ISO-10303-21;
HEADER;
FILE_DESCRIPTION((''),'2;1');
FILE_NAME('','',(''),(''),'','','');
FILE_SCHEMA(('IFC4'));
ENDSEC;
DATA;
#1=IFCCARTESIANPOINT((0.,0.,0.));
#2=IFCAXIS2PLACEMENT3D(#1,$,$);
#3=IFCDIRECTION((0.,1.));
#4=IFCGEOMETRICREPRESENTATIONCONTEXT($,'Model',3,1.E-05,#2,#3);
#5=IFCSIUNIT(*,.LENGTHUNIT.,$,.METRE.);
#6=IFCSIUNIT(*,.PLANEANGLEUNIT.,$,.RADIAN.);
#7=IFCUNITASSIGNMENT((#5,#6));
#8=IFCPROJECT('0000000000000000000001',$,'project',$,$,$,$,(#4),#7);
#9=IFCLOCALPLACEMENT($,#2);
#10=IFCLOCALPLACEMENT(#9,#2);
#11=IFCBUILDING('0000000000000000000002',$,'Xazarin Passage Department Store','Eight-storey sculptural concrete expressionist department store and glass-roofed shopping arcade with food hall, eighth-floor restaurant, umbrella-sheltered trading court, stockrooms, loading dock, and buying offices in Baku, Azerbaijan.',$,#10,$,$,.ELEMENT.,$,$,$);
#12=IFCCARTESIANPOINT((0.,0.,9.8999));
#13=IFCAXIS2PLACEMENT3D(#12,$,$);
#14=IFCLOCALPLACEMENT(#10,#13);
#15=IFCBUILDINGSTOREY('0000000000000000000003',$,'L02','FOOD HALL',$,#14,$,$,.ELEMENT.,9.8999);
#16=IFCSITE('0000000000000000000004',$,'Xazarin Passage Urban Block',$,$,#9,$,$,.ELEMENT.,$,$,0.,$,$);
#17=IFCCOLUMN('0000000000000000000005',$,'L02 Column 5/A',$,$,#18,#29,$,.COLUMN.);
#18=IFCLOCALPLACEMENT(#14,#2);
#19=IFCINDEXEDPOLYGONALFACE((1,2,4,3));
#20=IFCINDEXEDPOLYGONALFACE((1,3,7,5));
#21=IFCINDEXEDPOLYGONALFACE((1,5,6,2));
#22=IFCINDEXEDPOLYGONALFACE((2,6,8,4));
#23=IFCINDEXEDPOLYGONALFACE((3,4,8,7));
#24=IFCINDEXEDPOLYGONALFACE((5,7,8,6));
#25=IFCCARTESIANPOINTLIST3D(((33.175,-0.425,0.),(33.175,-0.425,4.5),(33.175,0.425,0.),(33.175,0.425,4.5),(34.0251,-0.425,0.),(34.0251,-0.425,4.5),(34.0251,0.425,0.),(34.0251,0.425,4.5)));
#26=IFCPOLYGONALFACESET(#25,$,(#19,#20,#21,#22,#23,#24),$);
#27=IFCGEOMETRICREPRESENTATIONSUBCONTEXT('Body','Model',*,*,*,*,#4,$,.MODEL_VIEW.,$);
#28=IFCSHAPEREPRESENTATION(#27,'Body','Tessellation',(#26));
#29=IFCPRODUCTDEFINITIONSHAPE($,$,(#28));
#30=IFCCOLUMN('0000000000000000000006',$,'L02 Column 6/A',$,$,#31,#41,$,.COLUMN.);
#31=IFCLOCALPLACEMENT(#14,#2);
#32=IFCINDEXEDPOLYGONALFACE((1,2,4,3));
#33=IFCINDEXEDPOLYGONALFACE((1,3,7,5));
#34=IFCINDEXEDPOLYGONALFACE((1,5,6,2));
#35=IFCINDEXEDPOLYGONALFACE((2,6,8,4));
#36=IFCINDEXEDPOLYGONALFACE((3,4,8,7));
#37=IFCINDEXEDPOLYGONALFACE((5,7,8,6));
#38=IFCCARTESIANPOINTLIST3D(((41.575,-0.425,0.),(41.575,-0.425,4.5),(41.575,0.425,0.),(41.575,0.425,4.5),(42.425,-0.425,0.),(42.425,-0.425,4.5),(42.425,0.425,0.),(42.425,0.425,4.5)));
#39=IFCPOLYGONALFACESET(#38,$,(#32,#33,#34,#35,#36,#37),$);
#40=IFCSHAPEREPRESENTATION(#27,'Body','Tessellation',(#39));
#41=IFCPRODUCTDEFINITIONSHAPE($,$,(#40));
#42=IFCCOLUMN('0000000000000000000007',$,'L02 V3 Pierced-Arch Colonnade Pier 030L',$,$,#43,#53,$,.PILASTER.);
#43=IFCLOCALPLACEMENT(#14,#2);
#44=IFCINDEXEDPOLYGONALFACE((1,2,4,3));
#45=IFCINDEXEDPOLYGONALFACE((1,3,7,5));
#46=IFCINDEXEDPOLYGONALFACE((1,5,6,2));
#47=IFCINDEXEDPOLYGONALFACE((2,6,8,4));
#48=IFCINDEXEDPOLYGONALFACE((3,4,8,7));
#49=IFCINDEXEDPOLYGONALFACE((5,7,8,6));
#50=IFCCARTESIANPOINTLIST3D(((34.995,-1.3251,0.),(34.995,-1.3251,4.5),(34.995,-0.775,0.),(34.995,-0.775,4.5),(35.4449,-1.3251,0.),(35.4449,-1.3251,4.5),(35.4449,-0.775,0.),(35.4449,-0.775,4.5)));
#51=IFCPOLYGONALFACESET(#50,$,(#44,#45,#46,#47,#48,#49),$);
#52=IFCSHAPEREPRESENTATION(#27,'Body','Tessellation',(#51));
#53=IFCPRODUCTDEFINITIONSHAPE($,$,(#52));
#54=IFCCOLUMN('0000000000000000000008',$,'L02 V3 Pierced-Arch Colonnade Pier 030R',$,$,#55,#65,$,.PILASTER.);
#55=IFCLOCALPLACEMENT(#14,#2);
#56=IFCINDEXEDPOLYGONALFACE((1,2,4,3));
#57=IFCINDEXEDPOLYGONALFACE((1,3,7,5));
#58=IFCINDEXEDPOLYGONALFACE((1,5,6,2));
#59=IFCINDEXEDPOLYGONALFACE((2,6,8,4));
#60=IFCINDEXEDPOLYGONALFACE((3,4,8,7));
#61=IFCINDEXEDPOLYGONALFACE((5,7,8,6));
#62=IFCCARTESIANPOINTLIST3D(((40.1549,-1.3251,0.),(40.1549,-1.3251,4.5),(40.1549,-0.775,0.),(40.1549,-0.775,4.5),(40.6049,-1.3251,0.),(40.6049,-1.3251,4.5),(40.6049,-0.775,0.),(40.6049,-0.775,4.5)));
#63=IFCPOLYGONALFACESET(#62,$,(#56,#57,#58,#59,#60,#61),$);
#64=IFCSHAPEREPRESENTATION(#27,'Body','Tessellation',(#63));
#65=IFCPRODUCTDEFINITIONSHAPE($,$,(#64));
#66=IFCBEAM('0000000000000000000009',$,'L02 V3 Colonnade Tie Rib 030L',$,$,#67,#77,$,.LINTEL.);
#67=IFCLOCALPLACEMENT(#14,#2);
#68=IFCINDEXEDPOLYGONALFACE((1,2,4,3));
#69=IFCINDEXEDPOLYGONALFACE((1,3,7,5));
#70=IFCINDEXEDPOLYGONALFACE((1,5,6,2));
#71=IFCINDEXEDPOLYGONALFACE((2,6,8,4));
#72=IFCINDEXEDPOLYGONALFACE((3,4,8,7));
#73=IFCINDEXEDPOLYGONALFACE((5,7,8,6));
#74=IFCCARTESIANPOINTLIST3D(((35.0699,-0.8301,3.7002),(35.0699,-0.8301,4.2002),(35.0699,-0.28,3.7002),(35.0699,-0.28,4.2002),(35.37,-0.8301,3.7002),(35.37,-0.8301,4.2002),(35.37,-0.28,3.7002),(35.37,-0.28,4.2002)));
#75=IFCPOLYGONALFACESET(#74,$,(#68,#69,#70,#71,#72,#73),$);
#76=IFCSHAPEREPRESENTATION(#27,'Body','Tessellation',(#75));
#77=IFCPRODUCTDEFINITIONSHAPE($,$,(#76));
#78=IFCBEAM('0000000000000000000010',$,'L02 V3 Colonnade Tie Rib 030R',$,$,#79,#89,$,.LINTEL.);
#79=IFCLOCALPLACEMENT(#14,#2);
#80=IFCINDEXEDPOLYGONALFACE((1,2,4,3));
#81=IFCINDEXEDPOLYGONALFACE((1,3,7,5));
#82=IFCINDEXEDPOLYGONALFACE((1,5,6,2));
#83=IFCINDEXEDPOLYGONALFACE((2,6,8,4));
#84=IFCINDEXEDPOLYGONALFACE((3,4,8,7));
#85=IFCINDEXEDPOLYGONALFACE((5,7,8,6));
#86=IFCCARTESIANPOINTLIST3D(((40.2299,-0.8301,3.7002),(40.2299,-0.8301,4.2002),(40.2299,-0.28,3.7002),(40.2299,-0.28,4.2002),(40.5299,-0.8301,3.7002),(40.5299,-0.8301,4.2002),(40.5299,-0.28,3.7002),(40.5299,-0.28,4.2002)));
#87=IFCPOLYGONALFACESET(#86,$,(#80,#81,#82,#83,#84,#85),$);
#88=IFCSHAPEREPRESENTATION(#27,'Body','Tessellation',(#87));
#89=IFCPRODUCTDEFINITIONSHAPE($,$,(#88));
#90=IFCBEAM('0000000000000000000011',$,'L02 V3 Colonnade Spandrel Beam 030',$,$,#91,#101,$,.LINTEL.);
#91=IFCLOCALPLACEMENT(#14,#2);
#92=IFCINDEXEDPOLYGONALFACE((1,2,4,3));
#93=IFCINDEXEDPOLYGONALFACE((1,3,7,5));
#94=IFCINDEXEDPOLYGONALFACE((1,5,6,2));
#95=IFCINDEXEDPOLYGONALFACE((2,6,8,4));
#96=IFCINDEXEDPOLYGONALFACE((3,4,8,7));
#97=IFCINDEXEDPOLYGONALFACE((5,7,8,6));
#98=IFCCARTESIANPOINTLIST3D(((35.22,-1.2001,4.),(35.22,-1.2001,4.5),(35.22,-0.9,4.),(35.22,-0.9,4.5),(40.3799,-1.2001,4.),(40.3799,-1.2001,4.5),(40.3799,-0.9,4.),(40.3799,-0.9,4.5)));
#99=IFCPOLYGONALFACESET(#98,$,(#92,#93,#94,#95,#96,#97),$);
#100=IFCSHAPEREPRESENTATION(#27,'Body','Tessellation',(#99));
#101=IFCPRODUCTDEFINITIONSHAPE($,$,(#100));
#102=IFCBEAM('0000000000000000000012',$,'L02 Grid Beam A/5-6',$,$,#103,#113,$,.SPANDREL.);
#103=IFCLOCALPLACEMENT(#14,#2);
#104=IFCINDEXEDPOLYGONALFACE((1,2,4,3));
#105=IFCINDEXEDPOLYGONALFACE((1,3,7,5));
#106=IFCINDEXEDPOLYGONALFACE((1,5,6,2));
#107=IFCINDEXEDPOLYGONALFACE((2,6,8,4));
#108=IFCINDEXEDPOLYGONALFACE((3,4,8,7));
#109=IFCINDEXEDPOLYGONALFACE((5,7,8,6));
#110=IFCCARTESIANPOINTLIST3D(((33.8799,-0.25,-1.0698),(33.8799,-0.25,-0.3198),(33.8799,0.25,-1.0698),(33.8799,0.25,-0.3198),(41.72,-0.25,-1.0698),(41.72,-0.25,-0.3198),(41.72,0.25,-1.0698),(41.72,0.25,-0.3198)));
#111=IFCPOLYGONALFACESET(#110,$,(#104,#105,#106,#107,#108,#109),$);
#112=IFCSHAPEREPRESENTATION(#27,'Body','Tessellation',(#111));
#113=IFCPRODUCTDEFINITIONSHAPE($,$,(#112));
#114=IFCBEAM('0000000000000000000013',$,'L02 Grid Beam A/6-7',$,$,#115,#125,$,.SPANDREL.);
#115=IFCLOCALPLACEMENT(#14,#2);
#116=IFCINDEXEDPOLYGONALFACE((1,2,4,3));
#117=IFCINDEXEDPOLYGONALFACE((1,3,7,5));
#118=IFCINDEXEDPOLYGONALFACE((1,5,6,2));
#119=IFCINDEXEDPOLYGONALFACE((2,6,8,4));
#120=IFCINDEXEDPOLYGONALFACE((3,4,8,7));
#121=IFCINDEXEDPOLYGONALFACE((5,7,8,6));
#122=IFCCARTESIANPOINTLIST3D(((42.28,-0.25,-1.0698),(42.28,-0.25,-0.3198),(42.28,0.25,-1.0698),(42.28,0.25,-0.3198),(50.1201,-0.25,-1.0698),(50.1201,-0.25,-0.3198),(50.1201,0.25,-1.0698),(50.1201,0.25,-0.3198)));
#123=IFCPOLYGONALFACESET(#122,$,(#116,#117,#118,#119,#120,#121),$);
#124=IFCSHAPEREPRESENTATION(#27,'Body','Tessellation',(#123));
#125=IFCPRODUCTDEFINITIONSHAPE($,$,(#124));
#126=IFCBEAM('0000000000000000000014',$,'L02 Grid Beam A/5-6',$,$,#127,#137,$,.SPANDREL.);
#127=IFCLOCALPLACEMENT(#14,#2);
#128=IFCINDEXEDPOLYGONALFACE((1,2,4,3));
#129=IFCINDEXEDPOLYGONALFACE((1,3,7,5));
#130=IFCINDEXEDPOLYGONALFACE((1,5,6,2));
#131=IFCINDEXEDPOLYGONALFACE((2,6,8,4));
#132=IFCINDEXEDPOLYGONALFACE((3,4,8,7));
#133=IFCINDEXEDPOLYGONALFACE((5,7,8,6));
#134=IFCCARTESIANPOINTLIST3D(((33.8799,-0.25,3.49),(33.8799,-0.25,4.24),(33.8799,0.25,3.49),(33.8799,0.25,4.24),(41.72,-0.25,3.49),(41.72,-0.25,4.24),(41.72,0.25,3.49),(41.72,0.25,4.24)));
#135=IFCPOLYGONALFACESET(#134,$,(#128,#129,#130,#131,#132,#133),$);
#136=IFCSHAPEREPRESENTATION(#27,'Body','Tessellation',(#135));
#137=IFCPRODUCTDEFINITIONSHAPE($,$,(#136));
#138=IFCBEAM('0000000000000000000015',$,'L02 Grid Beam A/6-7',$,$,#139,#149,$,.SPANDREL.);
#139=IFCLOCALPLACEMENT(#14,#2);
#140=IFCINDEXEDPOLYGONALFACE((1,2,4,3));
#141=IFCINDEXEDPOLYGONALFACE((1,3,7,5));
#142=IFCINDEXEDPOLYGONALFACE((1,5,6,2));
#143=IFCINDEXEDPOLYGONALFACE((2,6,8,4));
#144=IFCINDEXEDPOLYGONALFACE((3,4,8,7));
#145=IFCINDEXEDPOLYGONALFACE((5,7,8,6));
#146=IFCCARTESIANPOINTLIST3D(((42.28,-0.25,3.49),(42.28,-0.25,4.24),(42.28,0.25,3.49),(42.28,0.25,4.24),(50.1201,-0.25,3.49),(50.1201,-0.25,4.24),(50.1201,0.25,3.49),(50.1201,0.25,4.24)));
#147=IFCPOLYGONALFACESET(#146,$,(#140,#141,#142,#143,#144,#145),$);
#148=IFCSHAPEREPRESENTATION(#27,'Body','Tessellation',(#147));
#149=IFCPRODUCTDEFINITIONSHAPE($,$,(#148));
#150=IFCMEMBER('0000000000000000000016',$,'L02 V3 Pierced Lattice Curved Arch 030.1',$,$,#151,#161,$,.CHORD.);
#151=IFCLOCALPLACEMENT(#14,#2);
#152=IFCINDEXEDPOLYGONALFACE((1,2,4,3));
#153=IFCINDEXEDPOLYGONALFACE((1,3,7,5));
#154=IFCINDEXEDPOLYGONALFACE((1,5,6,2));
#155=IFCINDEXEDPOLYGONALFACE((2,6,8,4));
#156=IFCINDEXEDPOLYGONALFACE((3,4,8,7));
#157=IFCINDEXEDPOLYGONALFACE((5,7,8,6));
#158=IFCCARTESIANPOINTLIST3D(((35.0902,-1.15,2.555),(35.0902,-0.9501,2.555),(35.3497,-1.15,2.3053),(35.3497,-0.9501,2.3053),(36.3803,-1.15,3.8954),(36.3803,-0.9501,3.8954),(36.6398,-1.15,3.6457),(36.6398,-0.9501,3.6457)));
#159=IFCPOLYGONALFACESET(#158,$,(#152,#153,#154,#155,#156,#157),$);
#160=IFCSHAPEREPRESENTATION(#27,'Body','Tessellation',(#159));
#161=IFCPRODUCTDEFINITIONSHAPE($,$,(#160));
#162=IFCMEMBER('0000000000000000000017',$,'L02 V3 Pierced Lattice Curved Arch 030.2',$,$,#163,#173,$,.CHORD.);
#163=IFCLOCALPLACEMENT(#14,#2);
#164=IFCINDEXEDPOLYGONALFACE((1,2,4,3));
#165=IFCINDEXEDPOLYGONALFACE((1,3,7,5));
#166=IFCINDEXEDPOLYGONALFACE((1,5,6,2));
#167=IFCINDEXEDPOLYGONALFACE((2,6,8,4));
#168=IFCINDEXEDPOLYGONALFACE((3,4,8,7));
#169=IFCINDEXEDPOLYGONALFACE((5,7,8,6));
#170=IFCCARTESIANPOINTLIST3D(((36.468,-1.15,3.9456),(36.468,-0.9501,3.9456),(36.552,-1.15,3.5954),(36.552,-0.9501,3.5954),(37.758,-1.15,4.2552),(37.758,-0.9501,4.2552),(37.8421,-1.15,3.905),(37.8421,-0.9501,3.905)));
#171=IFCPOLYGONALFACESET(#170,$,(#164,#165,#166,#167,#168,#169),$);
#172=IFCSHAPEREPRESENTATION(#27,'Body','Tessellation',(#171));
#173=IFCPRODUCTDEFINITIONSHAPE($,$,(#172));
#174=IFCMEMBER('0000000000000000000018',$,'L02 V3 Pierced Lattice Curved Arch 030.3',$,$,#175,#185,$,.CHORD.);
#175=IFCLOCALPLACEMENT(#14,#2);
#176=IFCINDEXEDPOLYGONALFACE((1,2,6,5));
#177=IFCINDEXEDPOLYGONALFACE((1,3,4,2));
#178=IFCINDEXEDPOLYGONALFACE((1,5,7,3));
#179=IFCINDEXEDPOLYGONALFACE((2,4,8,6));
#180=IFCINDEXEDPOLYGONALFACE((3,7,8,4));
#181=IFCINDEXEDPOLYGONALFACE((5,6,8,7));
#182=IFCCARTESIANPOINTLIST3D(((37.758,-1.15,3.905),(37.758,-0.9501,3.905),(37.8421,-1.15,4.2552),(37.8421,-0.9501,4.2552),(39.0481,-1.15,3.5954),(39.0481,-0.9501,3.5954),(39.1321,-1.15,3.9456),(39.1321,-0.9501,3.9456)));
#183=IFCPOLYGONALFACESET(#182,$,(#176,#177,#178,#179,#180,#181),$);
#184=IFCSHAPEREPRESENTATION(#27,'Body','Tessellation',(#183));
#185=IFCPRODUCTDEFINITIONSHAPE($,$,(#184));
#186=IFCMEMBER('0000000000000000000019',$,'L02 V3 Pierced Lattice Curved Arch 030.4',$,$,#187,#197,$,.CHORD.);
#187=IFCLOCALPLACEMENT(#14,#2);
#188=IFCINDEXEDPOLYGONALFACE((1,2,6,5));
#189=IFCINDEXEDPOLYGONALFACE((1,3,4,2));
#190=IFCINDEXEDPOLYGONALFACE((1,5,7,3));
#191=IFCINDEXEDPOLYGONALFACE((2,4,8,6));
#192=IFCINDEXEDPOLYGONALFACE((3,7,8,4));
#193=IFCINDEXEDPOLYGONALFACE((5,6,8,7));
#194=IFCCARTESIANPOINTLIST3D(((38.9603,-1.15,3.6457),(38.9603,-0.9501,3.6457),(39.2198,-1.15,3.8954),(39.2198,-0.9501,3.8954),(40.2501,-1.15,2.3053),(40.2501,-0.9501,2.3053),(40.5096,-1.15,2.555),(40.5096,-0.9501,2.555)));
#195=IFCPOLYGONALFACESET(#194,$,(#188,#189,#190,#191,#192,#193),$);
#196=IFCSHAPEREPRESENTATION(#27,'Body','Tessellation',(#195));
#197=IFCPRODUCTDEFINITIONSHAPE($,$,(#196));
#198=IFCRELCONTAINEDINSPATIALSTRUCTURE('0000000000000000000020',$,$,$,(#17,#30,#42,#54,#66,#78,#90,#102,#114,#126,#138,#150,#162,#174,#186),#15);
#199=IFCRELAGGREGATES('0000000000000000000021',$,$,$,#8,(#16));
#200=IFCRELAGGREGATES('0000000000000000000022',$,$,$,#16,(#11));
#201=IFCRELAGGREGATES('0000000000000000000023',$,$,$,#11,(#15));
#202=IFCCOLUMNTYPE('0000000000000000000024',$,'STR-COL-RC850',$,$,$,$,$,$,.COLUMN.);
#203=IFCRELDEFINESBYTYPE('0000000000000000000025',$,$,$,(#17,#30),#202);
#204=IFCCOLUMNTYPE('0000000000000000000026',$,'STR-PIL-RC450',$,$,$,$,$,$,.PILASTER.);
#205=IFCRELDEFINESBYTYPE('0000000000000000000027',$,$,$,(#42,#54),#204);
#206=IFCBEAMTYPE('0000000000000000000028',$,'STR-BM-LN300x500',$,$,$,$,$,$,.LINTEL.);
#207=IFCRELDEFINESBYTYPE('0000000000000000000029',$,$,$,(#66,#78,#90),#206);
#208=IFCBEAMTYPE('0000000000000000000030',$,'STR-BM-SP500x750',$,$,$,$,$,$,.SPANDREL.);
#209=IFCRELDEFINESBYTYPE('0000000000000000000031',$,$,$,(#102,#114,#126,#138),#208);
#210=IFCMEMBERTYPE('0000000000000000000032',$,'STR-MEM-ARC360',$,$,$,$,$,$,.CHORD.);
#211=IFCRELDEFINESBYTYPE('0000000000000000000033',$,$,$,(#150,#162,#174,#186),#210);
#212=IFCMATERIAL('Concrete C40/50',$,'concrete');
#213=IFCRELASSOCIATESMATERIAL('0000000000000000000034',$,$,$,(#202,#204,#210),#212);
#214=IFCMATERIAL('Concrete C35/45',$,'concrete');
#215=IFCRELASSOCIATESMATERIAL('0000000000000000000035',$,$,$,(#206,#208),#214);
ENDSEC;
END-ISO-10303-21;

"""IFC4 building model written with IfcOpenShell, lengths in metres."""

from ifc_helpers import new_model, si_unit, direction, frame, origin, origin_2d, place, context, subcontext, project, spatial, rectangle, extrude, material, material_profile, profile_set, type_object, element, save


model = new_model("IFC4")

# Units and contexts
model_context = context("Model", 3, precision=1e-05, world=origin(), true_north=direction((0.0, 1.0)))
body_context = subcontext(model_context, "Body", "Model", "MODEL_VIEW")
ifc_project = project(units=[si_unit("LENGTHUNIT", "METRE"), si_unit("PLANEANGLEUNIT", "RADIAN")], contexts=[model_context])

# Site, building, storey
site_placement = place(None, origin())
site = spatial("IfcSite", under=ifc_project, at=site_placement, Name="Xazarin Passage Urban Block", CompositionType="ELEMENT", RefElevation=0.0)
building_placement = place(site_placement, origin())
building = spatial("IfcBuilding", under=site, at=building_placement, Name="Xazarin Passage Department Store", Description="Eight-storey sculptural concrete expressionist department store and glass-roofed shopping arcade with food hall, eighth-floor restaurant, umbrella-sheltered trading court, stockrooms, loading dock, and buying offices in Baku, Azerbaijan.", CompositionType="ELEMENT")
storey_placement = place(building_placement, frame((0.0, 0.0, 9.8999)))
storey = spatial("IfcBuildingStorey", under=building, at=storey_placement, Name="L02", Description="FOOD HALL", CompositionType="ELEMENT", Elevation=9.8999)

# Columns
ifc_material_1 = material(Name="Concrete C40/50", Category="concrete")
ifc_material_profile_1 = material_profile(ifc_material_1, rectangle(XDim=0.8501, YDim=0.8501, at=origin_2d()), Name="RC 850x850")
ifc_profile_set_1 = profile_set([ifc_material_profile_1], Name="Concrete C40/50")
column_type_1 = type_object("IfcColumnType", Name="STR-COL-RC850", PredefinedType="COLUMN", material=ifc_profile_set_1)
for number, where, z_axis, x_axis, name in (
    (1, (33.6001, 0.0, 0.0), (0.0, 0.0, 1.0), (1.0, 0.0, 0.0), "L02 Column 5/A"),
    (2, (42.0, 0.0, 0.0), (0.0, 0.0, 1.0), (1.0, 0.0, 0.0), "L02 Column 6/A"),
):
    element("IfcColumn", number, at=place(storey_placement, frame(where, z_axis=z_axis, x_axis=x_axis)), inside=storey, type_object=column_type_1, Name=name, PredefinedType="COLUMN", context=body_context, shape_type="SweptSolid", body=[
        extrude(rectangle(XDim=0.8501, YDim=0.8501, at=origin_2d()), origin(), (0.0, 0.0, 1.0), 4.5),
    ])
ifc_material_profile_2 = material_profile(ifc_material_1, rectangle(XDim=0.45, YDim=0.55, at=origin_2d()), Name="RC 450x550")
ifc_profile_set_2 = profile_set([ifc_material_profile_2], Name="Concrete C40/50")
column_type_2 = type_object("IfcColumnType", Name="STR-PIL-RC450", PredefinedType="PILASTER", material=ifc_profile_set_2)
for number, where, z_axis, x_axis, name in (
    (3, (35.22, -1.05, 0.0), (0.0, 0.0, 1.0), (1.0, 0.0, 0.0), "L02 V3 Pierced-Arch Colonnade Pier 030L"),
    (4, (40.3799, -1.05, 0.0), (0.0, 0.0, 1.0), (1.0, 0.0, 0.0), "L02 V3 Pierced-Arch Colonnade Pier 030R"),
):
    element("IfcColumn", number, at=place(storey_placement, frame(where, z_axis=z_axis, x_axis=x_axis)), inside=storey, type_object=column_type_2, Name=name, PredefinedType="PILASTER", context=body_context, shape_type="SweptSolid", body=[
        extrude(rectangle(XDim=0.45, YDim=0.55, at=origin_2d()), origin(), (0.0, 0.0, 1.0), 4.5),
    ])

# Beams
ifc_material_2 = material(Name="Concrete C35/45", Category="concrete")
ifc_material_profile_3 = material_profile(ifc_material_2, rectangle(XDim=0.3, YDim=0.5, at=origin_2d()), Name="RC 300x500")
ifc_profile_set_3 = profile_set([ifc_material_profile_3], Name="Concrete C35/45")
beam_type_1 = type_object("IfcBeamType", Name="STR-BM-LN300x500", PredefinedType="LINTEL", material=ifc_profile_set_3)
for number, where, z_axis, x_axis, name in (
    (5, (35.22, -0.28, 3.9502), (0.0, -1.0, 0.0), (1.0, 0.0, 0.0), "L02 V3 Colonnade Tie Rib 030L"),
    (6, (40.3799, -0.28, 3.9502), (0.0, -1.0, 0.0), (1.0, 0.0, 0.0), "L02 V3 Colonnade Tie Rib 030R"),
):
    element("IfcBeam", number, at=place(storey_placement, frame(where, z_axis=z_axis, x_axis=x_axis)), inside=storey, type_object=beam_type_1, Name=name, PredefinedType="LINTEL", context=body_context, shape_type="SweptSolid", body=[
        extrude(rectangle(XDim=0.3, YDim=0.5, at=origin_2d()), origin(), (0.0, 0.0, 1.0), 0.55),
    ])
beam_placement = place(storey_placement, frame((35.22, -1.05, 4.25), z_axis=(1.0, 0.0, 0.0), x_axis=(0.0, 1.0, 0.0)))
element("IfcBeam", 7, at=beam_placement, inside=storey, type_object=beam_type_1, Name="L02 V3 Colonnade Spandrel Beam 030", PredefinedType="LINTEL", context=body_context, shape_type="SweptSolid", body=[
    extrude(rectangle(XDim=0.3, YDim=0.5, at=origin_2d()), origin(), (0.0, 0.0, 1.0), 5.1599),
])
ifc_material_profile_4 = material_profile(ifc_material_2, rectangle(XDim=0.5, YDim=0.75, at=origin_2d()), Name="RC 500x750")
ifc_profile_set_4 = profile_set([ifc_material_profile_4], Name="Concrete C35/45")
beam_type_2 = type_object("IfcBeamType", Name="STR-BM-SP500x750", PredefinedType="SPANDREL", material=ifc_profile_set_4)
for number, where, z_axis, x_axis, name in (
    (8, (33.8799, 0.0, -0.6948), (1.0, 0.0, 0.0), (0.0, 1.0, 0.0), "L02 Grid Beam A/5-6"),
    (9, (42.28, 0.0, -0.6948), (1.0, 0.0, 0.0), (0.0, 1.0, 0.0), "L02 Grid Beam A/6-7"),
    (10, (33.8799, 0.0, 3.865), (1.0, 0.0, 0.0), (0.0, 1.0, 0.0), "L02 Grid Beam A/5-6"),
    (11, (42.28, 0.0, 3.865), (1.0, 0.0, 0.0), (0.0, 1.0, 0.0), "L02 Grid Beam A/6-7"),
):
    element("IfcBeam", number, at=place(storey_placement, frame(where, z_axis=z_axis, x_axis=x_axis)), inside=storey, type_object=beam_type_2, Name=name, PredefinedType="SPANDREL", context=body_context, shape_type="SweptSolid", body=[
        extrude(rectangle(XDim=0.5, YDim=0.75, at=origin_2d()), origin(), (0.0, 0.0, 1.0), 7.8401),
    ])

# Members
ifc_material_profile_5 = material_profile(ifc_material_1, rectangle(XDim=0.2, YDim=0.3601, at=origin_2d()), Name="RC 200x360")
ifc_profile_set_5 = profile_set([ifc_material_profile_5], Name="Concrete C40/50")
member_type = type_object("IfcMemberType", Name="STR-MEM-ARC360", PredefinedType="CHORD", material=ifc_profile_set_5)
member_1_placement = place(storey_placement, frame((35.22, -1.05, 2.4302), z_axis=(0.69346, 0.0, 0.720495), x_axis=(0.0, 1.0, 0.0)))
element("IfcMember", 12, at=member_1_placement, inside=storey, type_object=member_type, Name="L02 V3 Pierced Lattice Curved Arch 030.1", PredefinedType="CHORD", context=body_context, shape_type="SweptSolid", body=[
    extrude(rectangle(XDim=0.2, YDim=0.3601, at=origin_2d()), origin(), (0.0, 0.0, 1.0), 1.8604),
])
for number, where, z_axis, x_axis, name in (
    (13, (36.51, -1.05, 3.7705), (0.972394, 0.0, 0.233345), (0.0, 1.0, 0.0), "L02 V3 Pierced Lattice Curved Arch 030.2"),
    (14, (37.8, -1.05, 4.0801), (0.972394, 0.0, -0.233345), (0.0, 1.0, 0.0), "L02 V3 Pierced Lattice Curved Arch 030.3"),
):
    element("IfcMember", number, at=place(storey_placement, frame(where, z_axis=z_axis, x_axis=x_axis)), inside=storey, type_object=member_type, Name=name, PredefinedType="CHORD", context=body_context, shape_type="SweptSolid", body=[
        extrude(rectangle(XDim=0.2, YDim=0.3601, at=origin_2d()), origin(), (0.0, 0.0, 1.0), 1.3267),
    ])
member_2_placement = place(storey_placement, frame((39.0901, -1.05, 3.7705), z_axis=(0.693392, 0.0, -0.720561), x_axis=(0.0, 1.0, 0.0)))
element("IfcMember", 15, at=member_2_placement, inside=storey, type_object=member_type, Name="L02 V3 Pierced Lattice Curved Arch 030.4", PredefinedType="CHORD", context=body_context, shape_type="SweptSolid", body=[
    extrude(rectangle(XDim=0.2, YDim=0.3601, at=origin_2d()), origin(), (0.0, 0.0, 1.0), 1.8601),
])

save(model, "model.ifc")
